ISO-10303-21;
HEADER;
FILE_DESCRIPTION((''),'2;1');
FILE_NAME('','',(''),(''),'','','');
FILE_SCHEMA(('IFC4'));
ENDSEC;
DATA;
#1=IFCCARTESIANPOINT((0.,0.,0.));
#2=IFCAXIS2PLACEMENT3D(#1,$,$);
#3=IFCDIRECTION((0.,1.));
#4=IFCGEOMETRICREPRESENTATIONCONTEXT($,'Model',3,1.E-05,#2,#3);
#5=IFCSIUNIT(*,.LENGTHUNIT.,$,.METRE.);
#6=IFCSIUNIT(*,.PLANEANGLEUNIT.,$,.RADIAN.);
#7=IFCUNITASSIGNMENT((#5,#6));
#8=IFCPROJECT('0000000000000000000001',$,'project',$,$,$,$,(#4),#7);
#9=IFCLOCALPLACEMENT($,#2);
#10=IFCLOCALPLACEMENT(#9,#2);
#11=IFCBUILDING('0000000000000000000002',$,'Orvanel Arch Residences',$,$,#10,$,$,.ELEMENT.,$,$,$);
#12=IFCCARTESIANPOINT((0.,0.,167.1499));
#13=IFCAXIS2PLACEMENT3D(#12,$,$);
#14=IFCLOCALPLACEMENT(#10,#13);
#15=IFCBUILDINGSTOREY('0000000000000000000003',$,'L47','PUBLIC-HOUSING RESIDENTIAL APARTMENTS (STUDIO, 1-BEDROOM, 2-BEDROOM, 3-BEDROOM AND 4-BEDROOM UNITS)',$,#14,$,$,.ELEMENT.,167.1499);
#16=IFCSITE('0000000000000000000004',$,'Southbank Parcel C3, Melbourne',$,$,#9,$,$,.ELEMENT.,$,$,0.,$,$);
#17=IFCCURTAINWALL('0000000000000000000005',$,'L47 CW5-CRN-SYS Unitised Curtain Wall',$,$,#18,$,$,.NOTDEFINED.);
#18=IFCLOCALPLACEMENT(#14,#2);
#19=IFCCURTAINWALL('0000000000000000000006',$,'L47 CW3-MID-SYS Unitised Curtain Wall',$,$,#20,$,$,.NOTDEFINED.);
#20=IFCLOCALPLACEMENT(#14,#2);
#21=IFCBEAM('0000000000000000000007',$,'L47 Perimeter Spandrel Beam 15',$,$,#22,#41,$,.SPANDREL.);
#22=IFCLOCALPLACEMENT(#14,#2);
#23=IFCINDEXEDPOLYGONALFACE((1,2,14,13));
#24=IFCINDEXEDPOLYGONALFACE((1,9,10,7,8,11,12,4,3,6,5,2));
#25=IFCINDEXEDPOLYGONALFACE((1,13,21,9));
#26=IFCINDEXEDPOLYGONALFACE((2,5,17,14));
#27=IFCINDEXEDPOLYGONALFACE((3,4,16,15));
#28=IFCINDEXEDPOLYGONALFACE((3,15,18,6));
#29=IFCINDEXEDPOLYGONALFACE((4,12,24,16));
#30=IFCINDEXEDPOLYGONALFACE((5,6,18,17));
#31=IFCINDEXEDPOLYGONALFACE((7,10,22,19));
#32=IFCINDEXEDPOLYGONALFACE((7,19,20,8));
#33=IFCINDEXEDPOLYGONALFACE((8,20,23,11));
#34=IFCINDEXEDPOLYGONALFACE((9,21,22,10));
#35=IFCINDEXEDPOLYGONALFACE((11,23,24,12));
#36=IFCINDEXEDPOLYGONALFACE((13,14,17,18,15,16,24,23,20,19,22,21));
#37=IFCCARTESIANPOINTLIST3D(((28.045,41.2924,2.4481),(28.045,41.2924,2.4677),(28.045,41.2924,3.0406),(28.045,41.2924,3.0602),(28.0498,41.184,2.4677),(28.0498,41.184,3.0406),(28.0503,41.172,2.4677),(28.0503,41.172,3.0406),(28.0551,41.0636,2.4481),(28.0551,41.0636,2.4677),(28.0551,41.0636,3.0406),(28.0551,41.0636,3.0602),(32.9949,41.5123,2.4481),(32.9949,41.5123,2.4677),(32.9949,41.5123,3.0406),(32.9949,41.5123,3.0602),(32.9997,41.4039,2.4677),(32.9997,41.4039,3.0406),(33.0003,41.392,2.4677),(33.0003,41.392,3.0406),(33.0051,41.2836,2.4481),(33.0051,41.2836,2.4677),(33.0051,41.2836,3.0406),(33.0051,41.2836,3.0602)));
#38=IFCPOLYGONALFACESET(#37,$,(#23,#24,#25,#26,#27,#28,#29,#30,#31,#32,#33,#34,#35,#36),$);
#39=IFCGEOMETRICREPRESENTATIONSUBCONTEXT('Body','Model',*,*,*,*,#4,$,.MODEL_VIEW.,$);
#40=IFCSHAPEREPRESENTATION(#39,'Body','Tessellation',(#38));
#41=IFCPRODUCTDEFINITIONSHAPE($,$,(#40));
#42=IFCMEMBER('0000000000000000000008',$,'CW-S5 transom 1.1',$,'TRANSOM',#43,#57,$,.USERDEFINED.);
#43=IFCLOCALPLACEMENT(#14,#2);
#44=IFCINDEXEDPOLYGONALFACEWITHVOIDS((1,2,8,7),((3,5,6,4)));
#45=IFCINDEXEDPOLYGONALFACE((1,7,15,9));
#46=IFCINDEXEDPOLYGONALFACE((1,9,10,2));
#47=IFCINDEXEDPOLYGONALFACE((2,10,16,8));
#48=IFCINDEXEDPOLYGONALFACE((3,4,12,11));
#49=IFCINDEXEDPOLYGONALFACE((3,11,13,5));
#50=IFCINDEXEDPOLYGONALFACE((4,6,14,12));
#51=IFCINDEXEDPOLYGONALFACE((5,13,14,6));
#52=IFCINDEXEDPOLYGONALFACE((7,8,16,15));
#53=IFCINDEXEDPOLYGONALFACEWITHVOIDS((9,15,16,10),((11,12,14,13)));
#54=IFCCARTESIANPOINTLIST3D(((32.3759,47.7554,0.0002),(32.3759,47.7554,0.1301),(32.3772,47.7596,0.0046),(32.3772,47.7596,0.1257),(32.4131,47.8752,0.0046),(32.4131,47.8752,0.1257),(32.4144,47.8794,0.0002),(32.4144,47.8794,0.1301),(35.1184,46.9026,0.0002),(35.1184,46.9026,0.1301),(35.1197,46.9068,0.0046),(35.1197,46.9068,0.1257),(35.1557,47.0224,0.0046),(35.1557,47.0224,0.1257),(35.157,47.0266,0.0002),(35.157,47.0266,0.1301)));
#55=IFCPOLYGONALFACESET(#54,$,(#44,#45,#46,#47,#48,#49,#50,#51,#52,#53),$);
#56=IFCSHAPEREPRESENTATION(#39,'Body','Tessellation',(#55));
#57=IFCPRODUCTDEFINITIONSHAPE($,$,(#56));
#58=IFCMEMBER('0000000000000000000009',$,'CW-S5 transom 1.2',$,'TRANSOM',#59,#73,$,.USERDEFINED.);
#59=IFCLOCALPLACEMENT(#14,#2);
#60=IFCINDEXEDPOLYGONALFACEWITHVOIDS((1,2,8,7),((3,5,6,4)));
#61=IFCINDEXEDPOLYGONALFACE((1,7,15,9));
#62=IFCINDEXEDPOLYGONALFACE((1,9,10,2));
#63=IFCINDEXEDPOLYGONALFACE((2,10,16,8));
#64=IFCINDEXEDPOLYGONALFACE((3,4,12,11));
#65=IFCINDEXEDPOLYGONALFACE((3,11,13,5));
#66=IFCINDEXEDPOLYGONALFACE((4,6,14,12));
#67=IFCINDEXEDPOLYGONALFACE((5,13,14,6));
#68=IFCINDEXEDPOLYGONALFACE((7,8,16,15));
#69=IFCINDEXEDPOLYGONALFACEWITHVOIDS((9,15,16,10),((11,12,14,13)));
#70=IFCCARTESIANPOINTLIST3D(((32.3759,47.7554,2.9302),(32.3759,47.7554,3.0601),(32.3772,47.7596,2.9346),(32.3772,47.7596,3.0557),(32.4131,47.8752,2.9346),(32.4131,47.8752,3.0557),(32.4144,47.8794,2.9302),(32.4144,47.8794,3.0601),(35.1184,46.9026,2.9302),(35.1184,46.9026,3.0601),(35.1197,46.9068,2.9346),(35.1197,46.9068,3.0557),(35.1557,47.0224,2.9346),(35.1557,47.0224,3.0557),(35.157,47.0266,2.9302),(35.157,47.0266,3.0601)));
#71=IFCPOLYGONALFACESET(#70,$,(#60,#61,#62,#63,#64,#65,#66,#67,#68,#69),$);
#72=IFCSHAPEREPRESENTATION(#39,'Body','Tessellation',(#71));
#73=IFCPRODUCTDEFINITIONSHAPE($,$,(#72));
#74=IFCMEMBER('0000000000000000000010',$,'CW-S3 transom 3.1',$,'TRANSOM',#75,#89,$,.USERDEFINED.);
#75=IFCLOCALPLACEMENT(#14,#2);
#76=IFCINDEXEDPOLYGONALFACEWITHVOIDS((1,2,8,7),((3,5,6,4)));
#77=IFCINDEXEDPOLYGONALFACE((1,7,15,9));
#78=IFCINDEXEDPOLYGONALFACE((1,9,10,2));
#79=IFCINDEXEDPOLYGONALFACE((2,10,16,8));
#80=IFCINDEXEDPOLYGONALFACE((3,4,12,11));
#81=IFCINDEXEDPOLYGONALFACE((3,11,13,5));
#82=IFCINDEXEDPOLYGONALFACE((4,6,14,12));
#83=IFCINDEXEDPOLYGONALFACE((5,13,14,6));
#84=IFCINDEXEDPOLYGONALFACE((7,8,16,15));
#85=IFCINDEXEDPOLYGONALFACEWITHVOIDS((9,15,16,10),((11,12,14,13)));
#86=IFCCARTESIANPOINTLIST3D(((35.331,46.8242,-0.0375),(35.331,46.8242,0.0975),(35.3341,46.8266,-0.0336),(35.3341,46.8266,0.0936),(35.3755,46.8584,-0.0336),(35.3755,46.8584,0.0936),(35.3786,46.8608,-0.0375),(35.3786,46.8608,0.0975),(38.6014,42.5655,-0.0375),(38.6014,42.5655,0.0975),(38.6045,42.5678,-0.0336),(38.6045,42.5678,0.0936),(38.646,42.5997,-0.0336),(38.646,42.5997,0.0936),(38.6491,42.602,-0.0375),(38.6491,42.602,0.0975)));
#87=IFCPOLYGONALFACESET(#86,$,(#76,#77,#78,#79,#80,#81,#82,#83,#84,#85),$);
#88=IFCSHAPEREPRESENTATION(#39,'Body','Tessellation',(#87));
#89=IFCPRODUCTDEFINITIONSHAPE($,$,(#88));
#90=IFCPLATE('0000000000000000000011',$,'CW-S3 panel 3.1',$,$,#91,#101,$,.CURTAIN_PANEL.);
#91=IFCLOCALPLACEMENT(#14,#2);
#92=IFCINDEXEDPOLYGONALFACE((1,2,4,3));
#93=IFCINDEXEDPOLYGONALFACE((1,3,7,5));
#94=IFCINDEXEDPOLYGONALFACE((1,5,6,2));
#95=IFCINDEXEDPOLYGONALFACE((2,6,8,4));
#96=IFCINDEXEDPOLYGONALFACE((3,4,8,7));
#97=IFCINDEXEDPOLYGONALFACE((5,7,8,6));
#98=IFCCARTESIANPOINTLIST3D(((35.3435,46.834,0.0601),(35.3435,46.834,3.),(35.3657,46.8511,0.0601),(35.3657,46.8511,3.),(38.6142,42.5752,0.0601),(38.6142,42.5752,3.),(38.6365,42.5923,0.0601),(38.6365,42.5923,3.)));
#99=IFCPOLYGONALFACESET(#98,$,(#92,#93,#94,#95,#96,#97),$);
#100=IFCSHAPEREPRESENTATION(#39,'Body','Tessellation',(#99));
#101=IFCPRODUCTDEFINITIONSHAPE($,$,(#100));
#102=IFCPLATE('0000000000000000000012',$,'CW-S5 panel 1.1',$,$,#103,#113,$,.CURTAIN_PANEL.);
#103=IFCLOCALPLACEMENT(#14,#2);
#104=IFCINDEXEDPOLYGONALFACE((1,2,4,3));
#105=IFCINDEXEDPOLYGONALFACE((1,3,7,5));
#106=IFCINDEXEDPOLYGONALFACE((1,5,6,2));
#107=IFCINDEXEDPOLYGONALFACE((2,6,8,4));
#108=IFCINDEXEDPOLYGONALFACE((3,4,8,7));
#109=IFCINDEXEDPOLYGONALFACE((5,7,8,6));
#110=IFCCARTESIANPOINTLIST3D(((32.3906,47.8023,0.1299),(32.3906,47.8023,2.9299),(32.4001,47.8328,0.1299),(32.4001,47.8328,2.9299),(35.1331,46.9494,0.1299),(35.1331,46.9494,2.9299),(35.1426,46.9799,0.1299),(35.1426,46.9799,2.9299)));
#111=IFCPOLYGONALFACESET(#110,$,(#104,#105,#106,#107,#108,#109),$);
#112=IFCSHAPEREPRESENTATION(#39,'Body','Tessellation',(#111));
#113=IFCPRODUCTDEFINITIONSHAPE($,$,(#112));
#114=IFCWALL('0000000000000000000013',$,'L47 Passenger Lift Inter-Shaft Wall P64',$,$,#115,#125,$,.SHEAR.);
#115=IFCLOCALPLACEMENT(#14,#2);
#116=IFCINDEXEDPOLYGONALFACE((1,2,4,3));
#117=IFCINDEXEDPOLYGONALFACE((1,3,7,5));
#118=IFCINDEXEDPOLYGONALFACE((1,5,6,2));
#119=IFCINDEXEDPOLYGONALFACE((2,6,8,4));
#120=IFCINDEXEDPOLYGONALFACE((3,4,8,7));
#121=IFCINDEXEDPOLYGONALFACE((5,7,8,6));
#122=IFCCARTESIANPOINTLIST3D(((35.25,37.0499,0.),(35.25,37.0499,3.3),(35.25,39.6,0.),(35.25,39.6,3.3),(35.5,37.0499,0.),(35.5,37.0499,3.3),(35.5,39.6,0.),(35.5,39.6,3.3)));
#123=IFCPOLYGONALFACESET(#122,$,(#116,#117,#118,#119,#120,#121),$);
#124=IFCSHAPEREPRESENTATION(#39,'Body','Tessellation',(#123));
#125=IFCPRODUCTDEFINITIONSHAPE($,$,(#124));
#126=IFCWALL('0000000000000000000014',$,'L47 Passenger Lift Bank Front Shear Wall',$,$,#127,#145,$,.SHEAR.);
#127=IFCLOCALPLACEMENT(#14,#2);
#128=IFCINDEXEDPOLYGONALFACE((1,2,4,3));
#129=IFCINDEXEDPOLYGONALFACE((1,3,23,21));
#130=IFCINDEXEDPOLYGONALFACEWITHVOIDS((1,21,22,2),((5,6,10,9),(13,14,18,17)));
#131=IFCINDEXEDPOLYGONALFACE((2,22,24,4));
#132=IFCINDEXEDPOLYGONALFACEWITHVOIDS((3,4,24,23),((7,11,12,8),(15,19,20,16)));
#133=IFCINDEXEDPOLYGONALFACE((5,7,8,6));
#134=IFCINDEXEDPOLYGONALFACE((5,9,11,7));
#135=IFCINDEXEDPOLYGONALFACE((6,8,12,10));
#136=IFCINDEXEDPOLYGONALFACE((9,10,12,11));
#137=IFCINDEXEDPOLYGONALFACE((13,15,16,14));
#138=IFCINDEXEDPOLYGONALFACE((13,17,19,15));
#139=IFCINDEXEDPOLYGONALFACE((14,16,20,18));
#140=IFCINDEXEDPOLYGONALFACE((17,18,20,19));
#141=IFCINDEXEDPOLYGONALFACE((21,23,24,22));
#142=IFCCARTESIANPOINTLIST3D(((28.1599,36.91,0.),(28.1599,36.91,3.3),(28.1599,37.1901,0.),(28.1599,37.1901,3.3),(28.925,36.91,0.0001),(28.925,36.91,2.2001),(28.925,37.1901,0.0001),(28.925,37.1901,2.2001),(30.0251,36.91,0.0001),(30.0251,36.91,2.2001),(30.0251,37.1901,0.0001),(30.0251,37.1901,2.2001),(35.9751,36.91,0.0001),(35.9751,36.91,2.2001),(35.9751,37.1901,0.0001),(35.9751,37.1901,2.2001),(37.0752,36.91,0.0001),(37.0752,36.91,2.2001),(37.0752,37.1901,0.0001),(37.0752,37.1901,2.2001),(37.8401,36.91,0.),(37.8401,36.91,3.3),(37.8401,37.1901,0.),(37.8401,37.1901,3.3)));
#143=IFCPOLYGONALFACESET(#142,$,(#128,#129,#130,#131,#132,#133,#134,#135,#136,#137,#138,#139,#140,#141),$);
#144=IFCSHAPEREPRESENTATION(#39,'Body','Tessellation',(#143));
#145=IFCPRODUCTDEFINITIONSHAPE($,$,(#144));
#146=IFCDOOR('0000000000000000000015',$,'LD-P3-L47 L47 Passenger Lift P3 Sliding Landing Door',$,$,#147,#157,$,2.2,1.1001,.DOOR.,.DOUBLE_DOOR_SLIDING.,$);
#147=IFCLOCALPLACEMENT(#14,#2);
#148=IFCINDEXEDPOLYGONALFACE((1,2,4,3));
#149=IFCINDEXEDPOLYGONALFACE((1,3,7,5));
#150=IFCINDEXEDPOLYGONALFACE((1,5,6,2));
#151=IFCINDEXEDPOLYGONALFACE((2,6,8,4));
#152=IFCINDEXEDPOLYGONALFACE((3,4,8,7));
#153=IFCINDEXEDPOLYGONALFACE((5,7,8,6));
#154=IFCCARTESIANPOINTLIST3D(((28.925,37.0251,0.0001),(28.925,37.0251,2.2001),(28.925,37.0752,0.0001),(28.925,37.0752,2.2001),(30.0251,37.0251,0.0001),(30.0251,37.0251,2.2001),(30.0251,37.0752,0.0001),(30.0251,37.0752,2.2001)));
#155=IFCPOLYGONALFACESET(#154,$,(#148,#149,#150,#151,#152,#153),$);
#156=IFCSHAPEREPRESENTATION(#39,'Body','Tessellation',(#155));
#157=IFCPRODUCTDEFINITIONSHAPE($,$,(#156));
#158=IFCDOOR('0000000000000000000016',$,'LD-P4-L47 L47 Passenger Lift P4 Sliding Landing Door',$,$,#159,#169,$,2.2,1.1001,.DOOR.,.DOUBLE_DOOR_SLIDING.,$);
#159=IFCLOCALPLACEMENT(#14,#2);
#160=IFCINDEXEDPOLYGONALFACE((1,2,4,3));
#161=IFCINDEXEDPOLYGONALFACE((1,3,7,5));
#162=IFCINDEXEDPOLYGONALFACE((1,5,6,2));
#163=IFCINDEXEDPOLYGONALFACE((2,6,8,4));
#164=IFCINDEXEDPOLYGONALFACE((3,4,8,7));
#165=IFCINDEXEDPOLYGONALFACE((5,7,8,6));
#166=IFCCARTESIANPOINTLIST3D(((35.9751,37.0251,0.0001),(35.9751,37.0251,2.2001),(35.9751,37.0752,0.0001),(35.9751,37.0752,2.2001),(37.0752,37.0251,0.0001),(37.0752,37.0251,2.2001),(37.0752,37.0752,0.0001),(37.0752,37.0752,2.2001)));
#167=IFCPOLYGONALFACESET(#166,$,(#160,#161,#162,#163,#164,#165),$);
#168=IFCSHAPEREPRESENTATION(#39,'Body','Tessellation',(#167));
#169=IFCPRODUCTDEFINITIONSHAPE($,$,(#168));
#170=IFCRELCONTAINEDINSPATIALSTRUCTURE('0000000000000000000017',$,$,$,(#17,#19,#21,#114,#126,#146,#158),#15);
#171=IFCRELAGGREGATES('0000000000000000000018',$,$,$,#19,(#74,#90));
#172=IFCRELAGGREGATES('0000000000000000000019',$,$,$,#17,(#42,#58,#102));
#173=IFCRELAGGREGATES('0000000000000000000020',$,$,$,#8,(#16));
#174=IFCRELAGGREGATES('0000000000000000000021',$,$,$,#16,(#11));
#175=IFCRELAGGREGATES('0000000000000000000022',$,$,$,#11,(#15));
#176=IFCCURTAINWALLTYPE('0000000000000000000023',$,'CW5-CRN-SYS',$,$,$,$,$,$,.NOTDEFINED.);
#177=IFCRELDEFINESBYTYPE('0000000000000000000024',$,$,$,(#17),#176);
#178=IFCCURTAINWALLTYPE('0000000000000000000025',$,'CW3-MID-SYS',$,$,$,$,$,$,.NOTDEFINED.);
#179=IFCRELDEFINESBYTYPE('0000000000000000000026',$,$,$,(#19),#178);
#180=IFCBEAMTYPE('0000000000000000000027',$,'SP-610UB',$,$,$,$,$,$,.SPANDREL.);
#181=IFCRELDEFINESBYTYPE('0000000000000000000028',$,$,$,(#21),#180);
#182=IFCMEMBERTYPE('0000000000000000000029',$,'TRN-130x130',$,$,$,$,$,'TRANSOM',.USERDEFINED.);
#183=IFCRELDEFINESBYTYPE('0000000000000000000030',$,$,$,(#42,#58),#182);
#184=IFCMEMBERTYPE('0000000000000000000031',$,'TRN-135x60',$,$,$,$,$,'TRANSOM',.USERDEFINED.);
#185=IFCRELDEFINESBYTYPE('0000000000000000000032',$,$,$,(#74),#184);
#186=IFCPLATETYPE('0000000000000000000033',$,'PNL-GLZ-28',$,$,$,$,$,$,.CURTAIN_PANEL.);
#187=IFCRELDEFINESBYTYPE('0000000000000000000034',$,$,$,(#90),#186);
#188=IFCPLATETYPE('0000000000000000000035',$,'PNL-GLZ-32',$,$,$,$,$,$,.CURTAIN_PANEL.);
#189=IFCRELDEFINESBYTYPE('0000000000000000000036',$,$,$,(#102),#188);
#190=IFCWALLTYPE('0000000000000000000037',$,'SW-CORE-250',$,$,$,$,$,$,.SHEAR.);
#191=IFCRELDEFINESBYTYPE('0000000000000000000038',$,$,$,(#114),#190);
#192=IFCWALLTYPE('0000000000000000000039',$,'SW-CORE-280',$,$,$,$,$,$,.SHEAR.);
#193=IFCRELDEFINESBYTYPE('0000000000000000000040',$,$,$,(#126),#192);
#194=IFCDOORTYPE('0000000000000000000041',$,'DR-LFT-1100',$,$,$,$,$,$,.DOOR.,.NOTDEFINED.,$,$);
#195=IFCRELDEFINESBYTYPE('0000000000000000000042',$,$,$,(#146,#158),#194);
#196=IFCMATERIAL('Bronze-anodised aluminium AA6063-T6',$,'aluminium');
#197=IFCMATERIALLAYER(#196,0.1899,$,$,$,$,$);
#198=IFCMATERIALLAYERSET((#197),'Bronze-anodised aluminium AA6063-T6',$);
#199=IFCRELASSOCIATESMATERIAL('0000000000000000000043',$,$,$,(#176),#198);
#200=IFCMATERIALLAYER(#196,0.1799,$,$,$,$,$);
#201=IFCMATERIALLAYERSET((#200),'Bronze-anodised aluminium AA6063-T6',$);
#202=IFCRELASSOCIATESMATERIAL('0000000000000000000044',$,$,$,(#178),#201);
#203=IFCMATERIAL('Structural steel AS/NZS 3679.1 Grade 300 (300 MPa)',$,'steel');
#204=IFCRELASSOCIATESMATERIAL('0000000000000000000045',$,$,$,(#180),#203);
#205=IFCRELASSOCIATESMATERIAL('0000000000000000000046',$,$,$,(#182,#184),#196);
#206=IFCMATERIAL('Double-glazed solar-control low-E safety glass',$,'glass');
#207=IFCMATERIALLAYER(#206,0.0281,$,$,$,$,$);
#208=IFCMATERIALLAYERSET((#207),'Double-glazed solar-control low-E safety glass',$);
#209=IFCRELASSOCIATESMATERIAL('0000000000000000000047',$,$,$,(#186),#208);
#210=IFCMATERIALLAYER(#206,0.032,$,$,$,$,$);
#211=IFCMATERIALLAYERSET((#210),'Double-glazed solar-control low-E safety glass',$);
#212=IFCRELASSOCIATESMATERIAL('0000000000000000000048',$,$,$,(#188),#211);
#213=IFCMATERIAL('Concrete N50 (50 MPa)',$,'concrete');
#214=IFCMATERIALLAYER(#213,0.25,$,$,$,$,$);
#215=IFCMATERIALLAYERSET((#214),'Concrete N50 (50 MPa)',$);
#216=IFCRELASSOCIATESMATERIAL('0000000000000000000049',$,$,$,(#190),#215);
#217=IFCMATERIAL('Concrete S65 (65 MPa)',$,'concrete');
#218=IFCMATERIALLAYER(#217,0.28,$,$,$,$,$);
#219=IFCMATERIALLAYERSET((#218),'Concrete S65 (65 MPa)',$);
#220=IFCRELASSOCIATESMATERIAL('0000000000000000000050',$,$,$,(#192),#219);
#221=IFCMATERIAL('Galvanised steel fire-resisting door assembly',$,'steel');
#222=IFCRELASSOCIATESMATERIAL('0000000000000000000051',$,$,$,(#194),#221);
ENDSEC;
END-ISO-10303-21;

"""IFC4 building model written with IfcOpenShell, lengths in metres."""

from ifc_helpers import new_model, si_unit, direction, frame, frame_2d, origin, origin_2d, place, context, subcontext, project, spatial, rectangle, hollow_rectangle, i_section, extrude, material, layer, layer_set, material_profile, profile_set, type_object, element, fill, aggregate, save


model = new_model("IFC4")

# Units and contexts
model_context = context("Model", 3, precision=1e-05, world=origin(), true_north=direction((0.0, 1.0)))
body_context = subcontext(model_context, "Body", "Model", "MODEL_VIEW")
ifc_project = project(units=[si_unit("LENGTHUNIT", "METRE"), si_unit("PLANEANGLEUNIT", "RADIAN")], contexts=[model_context])

# Site, building, storey
site_placement = place(None, origin())
site = spatial("IfcSite", under=ifc_project, at=site_placement, Name="Southbank Parcel C3, Melbourne", CompositionType="ELEMENT", RefElevation=0.0)
building_placement = place(site_placement, origin())
building = spatial("IfcBuilding", under=site, at=building_placement, Name="Orvanel Arch Residences", CompositionType="ELEMENT")
storey_placement = place(building_placement, frame((0.0, 0.0, 167.1499)))
storey = spatial("IfcBuildingStorey", under=building, at=storey_placement, Name="L47", Description="PUBLIC-HOUSING RESIDENTIAL APARTMENTS (STUDIO, 1-BEDROOM, 2-BEDROOM, 3-BEDROOM AND 4-BEDROOM UNITS)", CompositionType="ELEMENT", Elevation=167.1499)

# Shared definitions
ifc_material_1 = material(Name="Structural steel AS/NZS 3679.1 Grade 300 (300 MPa)", Category="steel")

# Curtain walls
ifc_material_2 = material(Name="Bronze-anodised aluminium AA6063-T6", Category="aluminium")
ifc_layer_1 = layer(ifc_material_2, 0.1899)
ifc_layer_set_1 = layer_set([ifc_layer_1], Name="Bronze-anodised aluminium AA6063-T6")
curtain_wall_type_1 = type_object("IfcCurtainWallType", Name="CW5-CRN-SYS", PredefinedType="NOTDEFINED", material=ifc_layer_set_1)
curtain_wall_1_placement = place(storey_placement, origin())
curtain_wall_1 = element("IfcCurtainWall", 1, at=curtain_wall_1_placement, inside=storey, type_object=curtain_wall_type_1, Name="L47 CW5-CRN-SYS Unitised Curtain Wall", PredefinedType="NOTDEFINED")
ifc_layer_2 = layer(ifc_material_2, 0.1799)
ifc_layer_set_2 = layer_set([ifc_layer_2], Name="Bronze-anodised aluminium AA6063-T6")
curtain_wall_type_2 = type_object("IfcCurtainWallType", Name="CW3-MID-SYS", PredefinedType="NOTDEFINED", material=ifc_layer_set_2)
curtain_wall_2_placement = place(storey_placement, origin())
curtain_wall_2 = element("IfcCurtainWall", 2, at=curtain_wall_2_placement, inside=storey, type_object=curtain_wall_type_2, Name="L47 CW3-MID-SYS Unitised Curtain Wall", PredefinedType="NOTDEFINED")

# Beam
ifc_material_profile_1 = material_profile(ifc_material_1, i_section(OverallWidth=0.229, OverallDepth=0.6121, WebThickness=0.012, FlangeThickness=0.0195, at=origin_2d()), Name="610UB125")
ifc_profile_set_1 = profile_set([ifc_material_profile_1], Name="Structural steel AS/NZS 3679.1 Grade 300 (300 MPa)")
beam_type_1 = type_object("IfcBeamType", Name="SP-610UB", PredefinedType="SPANDREL", material=ifc_profile_set_1)
for number, where, z_axis, x_axis, name in (
    (3, (33.0, 41.3979, 2.7542), (-0.999014, -0.044395, 0.0), (0.044395, -0.999014, 0.0), "L47 Perimeter Spandrel Beam 15"),
):
    element("IfcBeam", number, at=place(storey_placement, frame(where, z_axis=z_axis, x_axis=x_axis)), inside=storey, type_object=beam_type_1, Name=name, PredefinedType="SPANDREL", context=body_context, shape_type="SweptSolid", body=[
        extrude(i_section(OverallWidth=0.229, OverallDepth=0.6121, WebThickness=0.012, FlangeThickness=0.0195, at=origin_2d()), origin(), (0.0, 0.0, 1.0), 4.9548),
    ])

# Members
ifc_material_profile_2 = material_profile(ifc_material_2, hollow_rectangle(XDim=0.1299, YDim=0.1299, WallThickness=0.0044, at=origin_2d()), Name="ALU130x130x4.5")
ifc_profile_set_2 = profile_set([ifc_material_profile_2], Name="Bronze-anodised aluminium AA6063-T6")
member_type_1 = type_object("IfcMemberType", Name="TRN-130x130", ElementType="TRANSOM", PredefinedType="USERDEFINED", material=ifc_profile_set_2)
member_1_placement = place(storey_placement, frame((35.1377, 46.9646, 0.0652), z_axis=(-0.954898, 0.296934, 0.0), x_axis=(-0.296934, -0.954898, 0.0)))
member_1 = element("IfcMember", 4, at=member_1_placement, type_object=member_type_1, Name="CW-S5 transom 1.1", ObjectType="TRANSOM", PredefinedType="USERDEFINED", context=body_context, shape_type="SweptSolid", body=[
    extrude(hollow_rectangle(XDim=0.1299, YDim=0.1299, WallThickness=0.0044, at=origin_2d()), origin(), (0.0, 0.0, 1.0), 2.8721),
])
member_2_placement = place(storey_placement, frame((35.1377, 46.9646, 2.9951), z_axis=(-0.954898, 0.296934, 0.0), x_axis=(-0.296934, -0.954898, 0.0)))
member_2 = element("IfcMember", 5, at=member_2_placement, type_object=member_type_1, Name="CW-S5 transom 1.2", ObjectType="TRANSOM", PredefinedType="USERDEFINED", context=body_context, shape_type="SweptSolid", body=[
    extrude(hollow_rectangle(XDim=0.1299, YDim=0.1299, WallThickness=0.0044, at=origin_2d()), origin(), (0.0, 0.0, 1.0), 2.8721),
])
ifc_material_profile_3 = material_profile(ifc_material_2, hollow_rectangle(XDim=0.0601, YDim=0.135, WallThickness=0.0039, at=origin_2d()), Name="ALU135x60x4")
ifc_profile_set_3 = profile_set([ifc_material_profile_3], Name="Bronze-anodised aluminium AA6063-T6")
member_type_2 = type_object("IfcMemberType", Name="TRN-135x60", ElementType="TRANSOM", PredefinedType="USERDEFINED", material=ifc_profile_set_3)
member_3_placement = place(storey_placement, frame((38.6252, 42.5837, 0.03), z_axis=(-0.609069, 0.793117, 0.0), x_axis=(-0.793117, -0.609069, 0.0)))
member_3 = element("IfcMember", 6, at=member_3_placement, type_object=member_type_2, Name="CW-S3 transom 3.1", ObjectType="TRANSOM", PredefinedType="USERDEFINED", context=body_context, shape_type="SweptSolid", body=[
    extrude(hollow_rectangle(XDim=0.0601, YDim=0.135, WallThickness=0.0039, at=origin_2d()), origin(), (0.0, 0.0, 1.0), 5.3696),
])

# Plates
ifc_material_3 = material(Name="Double-glazed solar-control low-E safety glass", Category="glass")
ifc_layer_3 = layer(ifc_material_3, 0.0281)
ifc_layer_set_3 = layer_set([ifc_layer_3], Name="Double-glazed solar-control low-E safety glass")
plate_type_1 = type_object("IfcPlateType", Name="PNL-GLZ-28", PredefinedType="CURTAIN_PANEL", material=ifc_layer_set_3)
plate_1_placement = place(storey_placement, frame((36.99, 44.7131, 0.0601), z_axis=(0.0, 0.0, 1.0), x_axis=(-0.609099, 0.793095, 0.0)))
plate_1 = element("IfcPlate", 7, at=plate_1_placement, type_object=plate_type_1, Name="CW-S3 panel 3.1", PredefinedType="CURTAIN_PANEL", context=body_context, shape_type="SweptSolid", body=[
    extrude(rectangle(XDim=5.3699, YDim=0.0281, at=origin_2d()), origin(), (0.0, 0.0, 1.0), 2.9399),
])
aggregate(curtain_wall_2, [member_3, plate_1])
ifc_layer_4 = layer(ifc_material_3, 0.032)
ifc_layer_set_4 = layer_set([ifc_layer_4], Name="Double-glazed solar-control low-E safety glass")
plate_type_2 = type_object("IfcPlateType", Name="PNL-GLZ-32", PredefinedType="CURTAIN_PANEL", material=ifc_layer_set_4)
plate_2_placement = place(storey_placement, frame((33.7666, 47.3911, 0.1299), z_axis=(0.0, 0.0, 1.0), x_axis=(-0.954889, 0.296964, 0.0)))
plate_2 = element("IfcPlate", 8, at=plate_2_placement, type_object=plate_type_2, Name="CW-S5 panel 1.1", PredefinedType="CURTAIN_PANEL", context=body_context, shape_type="SweptSolid", body=[
    extrude(rectangle(XDim=2.8721, YDim=0.032, at=origin_2d()), origin(), (0.0, 0.0, 1.0), 2.8),
])
aggregate(curtain_wall_1, [member_1, member_2, plate_2])

# Wall
ifc_material_4 = material(Name="Concrete N50 (50 MPa)", Category="concrete")
ifc_layer_5 = layer(ifc_material_4, 0.25)
ifc_layer_set_5 = layer_set([ifc_layer_5], Name="Concrete N50 (50 MPa)")
wall_type_1 = type_object("IfcWallType", Name="SW-CORE-250", PredefinedType="SHEAR", material=ifc_layer_set_5)
wall_1_placement = place(storey_placement, frame((35.375, 37.05, 0.0), z_axis=(0.0, 0.0, 1.0), x_axis=(0.0, 1.0, 0.0)))
element("IfcWall", 9, at=wall_1_placement, inside=storey, type_object=wall_type_1, Name="L47 Passenger Lift Inter-Shaft Wall P64", PredefinedType="SHEAR", context=body_context, shape_type="SweptSolid", body=[
    extrude(rectangle(XDim=2.55, YDim=0.25, at=frame_2d((1.2749, 0.0))), origin(), (0.0, 0.0, 1.0), 3.3),
])

# Wall, openings, doors
ifc_material_5 = material(Name="Concrete S65 (65 MPa)", Category="concrete")
ifc_layer_6 = layer(ifc_material_5, 0.28)
ifc_layer_set_6 = layer_set([ifc_layer_6], Name="Concrete S65 (65 MPa)")
wall_type_2 = type_object("IfcWallType", Name="SW-CORE-280", PredefinedType="SHEAR", material=ifc_layer_set_6)
wall_2_placement = place(storey_placement, frame((37.8401, 37.05, 0.0), z_axis=(0.0, 0.0, 1.0), x_axis=(-1.0, 0.0, 0.0)))
wall_2 = element("IfcWall", 10, at=wall_2_placement, inside=storey, type_object=wall_type_2, Name="L47 Passenger Lift Bank Front Shear Wall", PredefinedType="SHEAR", context=body_context, shape_type="SweptSolid", body=[
    extrude(rectangle(XDim=9.6802, YDim=0.28, at=frame_2d((4.8401, 0.0))), origin(), (0.0, 0.0, 1.0), 3.3),
])
opening_1_placement = place(wall_2_placement, frame((7.8149, 0.0, 0.0)))
opening_1 = element("IfcOpeningElement", 11, at=opening_1_placement, cuts=wall_2, PredefinedType="OPENING", context=body_context, shape_type="SweptSolid", body=[
    extrude(rectangle(XDim=1.1001, YDim=2.2, at=frame_2d((0.55, 1.1001))), frame((0.0, 0.1499, 0.0), z_axis=(0.0, -1.0, 0.0), x_axis=(1.0, 0.0, 0.0)), (0.0, 0.0, 1.0), 0.3),
])
opening_2_placement = place(wall_2_placement, frame((0.7649, 0.0, 0.0)))
opening_2 = element("IfcOpeningElement", 12, at=opening_2_placement, cuts=wall_2, PredefinedType="OPENING", context=body_context, shape_type="SweptSolid", body=[
    extrude(rectangle(XDim=1.1001, YDim=2.2, at=frame_2d((0.55, 1.1001))), frame((0.0, 0.1499, 0.0), z_axis=(0.0, -1.0, 0.0), x_axis=(1.0, 0.0, 0.0)), (0.0, 0.0, 1.0), 0.3),
])
ifc_material_6 = material(Name="Galvanised steel fire-resisting door assembly", Category="steel")
door_type = type_object("IfcDoorType", Name="DR-LFT-1100", OperationType="NOTDEFINED", PredefinedType="DOOR", material=ifc_material_6)
door_1_placement = place(opening_1_placement, origin())
door_1 = element("IfcDoor", 13, at=door_1_placement, inside=storey, type_object=door_type, Name="LD-P3-L47 L47 Passenger Lift P3 Sliding Landing Door", OperationType="DOUBLE_DOOR_SLIDING", OverallHeight=2.2, OverallWidth=1.1001, PredefinedType="DOOR", context=body_context, shape_type="SweptSolid", body=[
    extrude(rectangle(XDim=1.1001, YDim=2.2, at=frame_2d((0.55, 1.1001))), frame((0.0, 0.0249, 0.0), z_axis=(0.0, -1.0, 0.0), x_axis=(1.0, 0.0, 0.0)), (0.0, 0.0, 1.0), 0.05),
])
fill(opening_1, door_1)
door_2_placement = place(opening_2_placement, origin())
door_2 = element("IfcDoor", 14, at=door_2_placement, inside=storey, type_object=door_type, Name="LD-P4-L47 L47 Passenger Lift P4 Sliding Landing Door", OperationType="DOUBLE_DOOR_SLIDING", OverallHeight=2.2, OverallWidth=1.1001, PredefinedType="DOOR", context=body_context, shape_type="SweptSolid", body=[
    extrude(rectangle(XDim=1.1001, YDim=2.2, at=frame_2d((0.55, 1.1001))), frame((0.0, 0.0249, 0.0), z_axis=(0.0, -1.0, 0.0), x_axis=(1.0, 0.0, 0.0)), (0.0, 0.0, 1.0), 0.05),
])
fill(opening_2, door_2)

save(model, "model.ifc")
